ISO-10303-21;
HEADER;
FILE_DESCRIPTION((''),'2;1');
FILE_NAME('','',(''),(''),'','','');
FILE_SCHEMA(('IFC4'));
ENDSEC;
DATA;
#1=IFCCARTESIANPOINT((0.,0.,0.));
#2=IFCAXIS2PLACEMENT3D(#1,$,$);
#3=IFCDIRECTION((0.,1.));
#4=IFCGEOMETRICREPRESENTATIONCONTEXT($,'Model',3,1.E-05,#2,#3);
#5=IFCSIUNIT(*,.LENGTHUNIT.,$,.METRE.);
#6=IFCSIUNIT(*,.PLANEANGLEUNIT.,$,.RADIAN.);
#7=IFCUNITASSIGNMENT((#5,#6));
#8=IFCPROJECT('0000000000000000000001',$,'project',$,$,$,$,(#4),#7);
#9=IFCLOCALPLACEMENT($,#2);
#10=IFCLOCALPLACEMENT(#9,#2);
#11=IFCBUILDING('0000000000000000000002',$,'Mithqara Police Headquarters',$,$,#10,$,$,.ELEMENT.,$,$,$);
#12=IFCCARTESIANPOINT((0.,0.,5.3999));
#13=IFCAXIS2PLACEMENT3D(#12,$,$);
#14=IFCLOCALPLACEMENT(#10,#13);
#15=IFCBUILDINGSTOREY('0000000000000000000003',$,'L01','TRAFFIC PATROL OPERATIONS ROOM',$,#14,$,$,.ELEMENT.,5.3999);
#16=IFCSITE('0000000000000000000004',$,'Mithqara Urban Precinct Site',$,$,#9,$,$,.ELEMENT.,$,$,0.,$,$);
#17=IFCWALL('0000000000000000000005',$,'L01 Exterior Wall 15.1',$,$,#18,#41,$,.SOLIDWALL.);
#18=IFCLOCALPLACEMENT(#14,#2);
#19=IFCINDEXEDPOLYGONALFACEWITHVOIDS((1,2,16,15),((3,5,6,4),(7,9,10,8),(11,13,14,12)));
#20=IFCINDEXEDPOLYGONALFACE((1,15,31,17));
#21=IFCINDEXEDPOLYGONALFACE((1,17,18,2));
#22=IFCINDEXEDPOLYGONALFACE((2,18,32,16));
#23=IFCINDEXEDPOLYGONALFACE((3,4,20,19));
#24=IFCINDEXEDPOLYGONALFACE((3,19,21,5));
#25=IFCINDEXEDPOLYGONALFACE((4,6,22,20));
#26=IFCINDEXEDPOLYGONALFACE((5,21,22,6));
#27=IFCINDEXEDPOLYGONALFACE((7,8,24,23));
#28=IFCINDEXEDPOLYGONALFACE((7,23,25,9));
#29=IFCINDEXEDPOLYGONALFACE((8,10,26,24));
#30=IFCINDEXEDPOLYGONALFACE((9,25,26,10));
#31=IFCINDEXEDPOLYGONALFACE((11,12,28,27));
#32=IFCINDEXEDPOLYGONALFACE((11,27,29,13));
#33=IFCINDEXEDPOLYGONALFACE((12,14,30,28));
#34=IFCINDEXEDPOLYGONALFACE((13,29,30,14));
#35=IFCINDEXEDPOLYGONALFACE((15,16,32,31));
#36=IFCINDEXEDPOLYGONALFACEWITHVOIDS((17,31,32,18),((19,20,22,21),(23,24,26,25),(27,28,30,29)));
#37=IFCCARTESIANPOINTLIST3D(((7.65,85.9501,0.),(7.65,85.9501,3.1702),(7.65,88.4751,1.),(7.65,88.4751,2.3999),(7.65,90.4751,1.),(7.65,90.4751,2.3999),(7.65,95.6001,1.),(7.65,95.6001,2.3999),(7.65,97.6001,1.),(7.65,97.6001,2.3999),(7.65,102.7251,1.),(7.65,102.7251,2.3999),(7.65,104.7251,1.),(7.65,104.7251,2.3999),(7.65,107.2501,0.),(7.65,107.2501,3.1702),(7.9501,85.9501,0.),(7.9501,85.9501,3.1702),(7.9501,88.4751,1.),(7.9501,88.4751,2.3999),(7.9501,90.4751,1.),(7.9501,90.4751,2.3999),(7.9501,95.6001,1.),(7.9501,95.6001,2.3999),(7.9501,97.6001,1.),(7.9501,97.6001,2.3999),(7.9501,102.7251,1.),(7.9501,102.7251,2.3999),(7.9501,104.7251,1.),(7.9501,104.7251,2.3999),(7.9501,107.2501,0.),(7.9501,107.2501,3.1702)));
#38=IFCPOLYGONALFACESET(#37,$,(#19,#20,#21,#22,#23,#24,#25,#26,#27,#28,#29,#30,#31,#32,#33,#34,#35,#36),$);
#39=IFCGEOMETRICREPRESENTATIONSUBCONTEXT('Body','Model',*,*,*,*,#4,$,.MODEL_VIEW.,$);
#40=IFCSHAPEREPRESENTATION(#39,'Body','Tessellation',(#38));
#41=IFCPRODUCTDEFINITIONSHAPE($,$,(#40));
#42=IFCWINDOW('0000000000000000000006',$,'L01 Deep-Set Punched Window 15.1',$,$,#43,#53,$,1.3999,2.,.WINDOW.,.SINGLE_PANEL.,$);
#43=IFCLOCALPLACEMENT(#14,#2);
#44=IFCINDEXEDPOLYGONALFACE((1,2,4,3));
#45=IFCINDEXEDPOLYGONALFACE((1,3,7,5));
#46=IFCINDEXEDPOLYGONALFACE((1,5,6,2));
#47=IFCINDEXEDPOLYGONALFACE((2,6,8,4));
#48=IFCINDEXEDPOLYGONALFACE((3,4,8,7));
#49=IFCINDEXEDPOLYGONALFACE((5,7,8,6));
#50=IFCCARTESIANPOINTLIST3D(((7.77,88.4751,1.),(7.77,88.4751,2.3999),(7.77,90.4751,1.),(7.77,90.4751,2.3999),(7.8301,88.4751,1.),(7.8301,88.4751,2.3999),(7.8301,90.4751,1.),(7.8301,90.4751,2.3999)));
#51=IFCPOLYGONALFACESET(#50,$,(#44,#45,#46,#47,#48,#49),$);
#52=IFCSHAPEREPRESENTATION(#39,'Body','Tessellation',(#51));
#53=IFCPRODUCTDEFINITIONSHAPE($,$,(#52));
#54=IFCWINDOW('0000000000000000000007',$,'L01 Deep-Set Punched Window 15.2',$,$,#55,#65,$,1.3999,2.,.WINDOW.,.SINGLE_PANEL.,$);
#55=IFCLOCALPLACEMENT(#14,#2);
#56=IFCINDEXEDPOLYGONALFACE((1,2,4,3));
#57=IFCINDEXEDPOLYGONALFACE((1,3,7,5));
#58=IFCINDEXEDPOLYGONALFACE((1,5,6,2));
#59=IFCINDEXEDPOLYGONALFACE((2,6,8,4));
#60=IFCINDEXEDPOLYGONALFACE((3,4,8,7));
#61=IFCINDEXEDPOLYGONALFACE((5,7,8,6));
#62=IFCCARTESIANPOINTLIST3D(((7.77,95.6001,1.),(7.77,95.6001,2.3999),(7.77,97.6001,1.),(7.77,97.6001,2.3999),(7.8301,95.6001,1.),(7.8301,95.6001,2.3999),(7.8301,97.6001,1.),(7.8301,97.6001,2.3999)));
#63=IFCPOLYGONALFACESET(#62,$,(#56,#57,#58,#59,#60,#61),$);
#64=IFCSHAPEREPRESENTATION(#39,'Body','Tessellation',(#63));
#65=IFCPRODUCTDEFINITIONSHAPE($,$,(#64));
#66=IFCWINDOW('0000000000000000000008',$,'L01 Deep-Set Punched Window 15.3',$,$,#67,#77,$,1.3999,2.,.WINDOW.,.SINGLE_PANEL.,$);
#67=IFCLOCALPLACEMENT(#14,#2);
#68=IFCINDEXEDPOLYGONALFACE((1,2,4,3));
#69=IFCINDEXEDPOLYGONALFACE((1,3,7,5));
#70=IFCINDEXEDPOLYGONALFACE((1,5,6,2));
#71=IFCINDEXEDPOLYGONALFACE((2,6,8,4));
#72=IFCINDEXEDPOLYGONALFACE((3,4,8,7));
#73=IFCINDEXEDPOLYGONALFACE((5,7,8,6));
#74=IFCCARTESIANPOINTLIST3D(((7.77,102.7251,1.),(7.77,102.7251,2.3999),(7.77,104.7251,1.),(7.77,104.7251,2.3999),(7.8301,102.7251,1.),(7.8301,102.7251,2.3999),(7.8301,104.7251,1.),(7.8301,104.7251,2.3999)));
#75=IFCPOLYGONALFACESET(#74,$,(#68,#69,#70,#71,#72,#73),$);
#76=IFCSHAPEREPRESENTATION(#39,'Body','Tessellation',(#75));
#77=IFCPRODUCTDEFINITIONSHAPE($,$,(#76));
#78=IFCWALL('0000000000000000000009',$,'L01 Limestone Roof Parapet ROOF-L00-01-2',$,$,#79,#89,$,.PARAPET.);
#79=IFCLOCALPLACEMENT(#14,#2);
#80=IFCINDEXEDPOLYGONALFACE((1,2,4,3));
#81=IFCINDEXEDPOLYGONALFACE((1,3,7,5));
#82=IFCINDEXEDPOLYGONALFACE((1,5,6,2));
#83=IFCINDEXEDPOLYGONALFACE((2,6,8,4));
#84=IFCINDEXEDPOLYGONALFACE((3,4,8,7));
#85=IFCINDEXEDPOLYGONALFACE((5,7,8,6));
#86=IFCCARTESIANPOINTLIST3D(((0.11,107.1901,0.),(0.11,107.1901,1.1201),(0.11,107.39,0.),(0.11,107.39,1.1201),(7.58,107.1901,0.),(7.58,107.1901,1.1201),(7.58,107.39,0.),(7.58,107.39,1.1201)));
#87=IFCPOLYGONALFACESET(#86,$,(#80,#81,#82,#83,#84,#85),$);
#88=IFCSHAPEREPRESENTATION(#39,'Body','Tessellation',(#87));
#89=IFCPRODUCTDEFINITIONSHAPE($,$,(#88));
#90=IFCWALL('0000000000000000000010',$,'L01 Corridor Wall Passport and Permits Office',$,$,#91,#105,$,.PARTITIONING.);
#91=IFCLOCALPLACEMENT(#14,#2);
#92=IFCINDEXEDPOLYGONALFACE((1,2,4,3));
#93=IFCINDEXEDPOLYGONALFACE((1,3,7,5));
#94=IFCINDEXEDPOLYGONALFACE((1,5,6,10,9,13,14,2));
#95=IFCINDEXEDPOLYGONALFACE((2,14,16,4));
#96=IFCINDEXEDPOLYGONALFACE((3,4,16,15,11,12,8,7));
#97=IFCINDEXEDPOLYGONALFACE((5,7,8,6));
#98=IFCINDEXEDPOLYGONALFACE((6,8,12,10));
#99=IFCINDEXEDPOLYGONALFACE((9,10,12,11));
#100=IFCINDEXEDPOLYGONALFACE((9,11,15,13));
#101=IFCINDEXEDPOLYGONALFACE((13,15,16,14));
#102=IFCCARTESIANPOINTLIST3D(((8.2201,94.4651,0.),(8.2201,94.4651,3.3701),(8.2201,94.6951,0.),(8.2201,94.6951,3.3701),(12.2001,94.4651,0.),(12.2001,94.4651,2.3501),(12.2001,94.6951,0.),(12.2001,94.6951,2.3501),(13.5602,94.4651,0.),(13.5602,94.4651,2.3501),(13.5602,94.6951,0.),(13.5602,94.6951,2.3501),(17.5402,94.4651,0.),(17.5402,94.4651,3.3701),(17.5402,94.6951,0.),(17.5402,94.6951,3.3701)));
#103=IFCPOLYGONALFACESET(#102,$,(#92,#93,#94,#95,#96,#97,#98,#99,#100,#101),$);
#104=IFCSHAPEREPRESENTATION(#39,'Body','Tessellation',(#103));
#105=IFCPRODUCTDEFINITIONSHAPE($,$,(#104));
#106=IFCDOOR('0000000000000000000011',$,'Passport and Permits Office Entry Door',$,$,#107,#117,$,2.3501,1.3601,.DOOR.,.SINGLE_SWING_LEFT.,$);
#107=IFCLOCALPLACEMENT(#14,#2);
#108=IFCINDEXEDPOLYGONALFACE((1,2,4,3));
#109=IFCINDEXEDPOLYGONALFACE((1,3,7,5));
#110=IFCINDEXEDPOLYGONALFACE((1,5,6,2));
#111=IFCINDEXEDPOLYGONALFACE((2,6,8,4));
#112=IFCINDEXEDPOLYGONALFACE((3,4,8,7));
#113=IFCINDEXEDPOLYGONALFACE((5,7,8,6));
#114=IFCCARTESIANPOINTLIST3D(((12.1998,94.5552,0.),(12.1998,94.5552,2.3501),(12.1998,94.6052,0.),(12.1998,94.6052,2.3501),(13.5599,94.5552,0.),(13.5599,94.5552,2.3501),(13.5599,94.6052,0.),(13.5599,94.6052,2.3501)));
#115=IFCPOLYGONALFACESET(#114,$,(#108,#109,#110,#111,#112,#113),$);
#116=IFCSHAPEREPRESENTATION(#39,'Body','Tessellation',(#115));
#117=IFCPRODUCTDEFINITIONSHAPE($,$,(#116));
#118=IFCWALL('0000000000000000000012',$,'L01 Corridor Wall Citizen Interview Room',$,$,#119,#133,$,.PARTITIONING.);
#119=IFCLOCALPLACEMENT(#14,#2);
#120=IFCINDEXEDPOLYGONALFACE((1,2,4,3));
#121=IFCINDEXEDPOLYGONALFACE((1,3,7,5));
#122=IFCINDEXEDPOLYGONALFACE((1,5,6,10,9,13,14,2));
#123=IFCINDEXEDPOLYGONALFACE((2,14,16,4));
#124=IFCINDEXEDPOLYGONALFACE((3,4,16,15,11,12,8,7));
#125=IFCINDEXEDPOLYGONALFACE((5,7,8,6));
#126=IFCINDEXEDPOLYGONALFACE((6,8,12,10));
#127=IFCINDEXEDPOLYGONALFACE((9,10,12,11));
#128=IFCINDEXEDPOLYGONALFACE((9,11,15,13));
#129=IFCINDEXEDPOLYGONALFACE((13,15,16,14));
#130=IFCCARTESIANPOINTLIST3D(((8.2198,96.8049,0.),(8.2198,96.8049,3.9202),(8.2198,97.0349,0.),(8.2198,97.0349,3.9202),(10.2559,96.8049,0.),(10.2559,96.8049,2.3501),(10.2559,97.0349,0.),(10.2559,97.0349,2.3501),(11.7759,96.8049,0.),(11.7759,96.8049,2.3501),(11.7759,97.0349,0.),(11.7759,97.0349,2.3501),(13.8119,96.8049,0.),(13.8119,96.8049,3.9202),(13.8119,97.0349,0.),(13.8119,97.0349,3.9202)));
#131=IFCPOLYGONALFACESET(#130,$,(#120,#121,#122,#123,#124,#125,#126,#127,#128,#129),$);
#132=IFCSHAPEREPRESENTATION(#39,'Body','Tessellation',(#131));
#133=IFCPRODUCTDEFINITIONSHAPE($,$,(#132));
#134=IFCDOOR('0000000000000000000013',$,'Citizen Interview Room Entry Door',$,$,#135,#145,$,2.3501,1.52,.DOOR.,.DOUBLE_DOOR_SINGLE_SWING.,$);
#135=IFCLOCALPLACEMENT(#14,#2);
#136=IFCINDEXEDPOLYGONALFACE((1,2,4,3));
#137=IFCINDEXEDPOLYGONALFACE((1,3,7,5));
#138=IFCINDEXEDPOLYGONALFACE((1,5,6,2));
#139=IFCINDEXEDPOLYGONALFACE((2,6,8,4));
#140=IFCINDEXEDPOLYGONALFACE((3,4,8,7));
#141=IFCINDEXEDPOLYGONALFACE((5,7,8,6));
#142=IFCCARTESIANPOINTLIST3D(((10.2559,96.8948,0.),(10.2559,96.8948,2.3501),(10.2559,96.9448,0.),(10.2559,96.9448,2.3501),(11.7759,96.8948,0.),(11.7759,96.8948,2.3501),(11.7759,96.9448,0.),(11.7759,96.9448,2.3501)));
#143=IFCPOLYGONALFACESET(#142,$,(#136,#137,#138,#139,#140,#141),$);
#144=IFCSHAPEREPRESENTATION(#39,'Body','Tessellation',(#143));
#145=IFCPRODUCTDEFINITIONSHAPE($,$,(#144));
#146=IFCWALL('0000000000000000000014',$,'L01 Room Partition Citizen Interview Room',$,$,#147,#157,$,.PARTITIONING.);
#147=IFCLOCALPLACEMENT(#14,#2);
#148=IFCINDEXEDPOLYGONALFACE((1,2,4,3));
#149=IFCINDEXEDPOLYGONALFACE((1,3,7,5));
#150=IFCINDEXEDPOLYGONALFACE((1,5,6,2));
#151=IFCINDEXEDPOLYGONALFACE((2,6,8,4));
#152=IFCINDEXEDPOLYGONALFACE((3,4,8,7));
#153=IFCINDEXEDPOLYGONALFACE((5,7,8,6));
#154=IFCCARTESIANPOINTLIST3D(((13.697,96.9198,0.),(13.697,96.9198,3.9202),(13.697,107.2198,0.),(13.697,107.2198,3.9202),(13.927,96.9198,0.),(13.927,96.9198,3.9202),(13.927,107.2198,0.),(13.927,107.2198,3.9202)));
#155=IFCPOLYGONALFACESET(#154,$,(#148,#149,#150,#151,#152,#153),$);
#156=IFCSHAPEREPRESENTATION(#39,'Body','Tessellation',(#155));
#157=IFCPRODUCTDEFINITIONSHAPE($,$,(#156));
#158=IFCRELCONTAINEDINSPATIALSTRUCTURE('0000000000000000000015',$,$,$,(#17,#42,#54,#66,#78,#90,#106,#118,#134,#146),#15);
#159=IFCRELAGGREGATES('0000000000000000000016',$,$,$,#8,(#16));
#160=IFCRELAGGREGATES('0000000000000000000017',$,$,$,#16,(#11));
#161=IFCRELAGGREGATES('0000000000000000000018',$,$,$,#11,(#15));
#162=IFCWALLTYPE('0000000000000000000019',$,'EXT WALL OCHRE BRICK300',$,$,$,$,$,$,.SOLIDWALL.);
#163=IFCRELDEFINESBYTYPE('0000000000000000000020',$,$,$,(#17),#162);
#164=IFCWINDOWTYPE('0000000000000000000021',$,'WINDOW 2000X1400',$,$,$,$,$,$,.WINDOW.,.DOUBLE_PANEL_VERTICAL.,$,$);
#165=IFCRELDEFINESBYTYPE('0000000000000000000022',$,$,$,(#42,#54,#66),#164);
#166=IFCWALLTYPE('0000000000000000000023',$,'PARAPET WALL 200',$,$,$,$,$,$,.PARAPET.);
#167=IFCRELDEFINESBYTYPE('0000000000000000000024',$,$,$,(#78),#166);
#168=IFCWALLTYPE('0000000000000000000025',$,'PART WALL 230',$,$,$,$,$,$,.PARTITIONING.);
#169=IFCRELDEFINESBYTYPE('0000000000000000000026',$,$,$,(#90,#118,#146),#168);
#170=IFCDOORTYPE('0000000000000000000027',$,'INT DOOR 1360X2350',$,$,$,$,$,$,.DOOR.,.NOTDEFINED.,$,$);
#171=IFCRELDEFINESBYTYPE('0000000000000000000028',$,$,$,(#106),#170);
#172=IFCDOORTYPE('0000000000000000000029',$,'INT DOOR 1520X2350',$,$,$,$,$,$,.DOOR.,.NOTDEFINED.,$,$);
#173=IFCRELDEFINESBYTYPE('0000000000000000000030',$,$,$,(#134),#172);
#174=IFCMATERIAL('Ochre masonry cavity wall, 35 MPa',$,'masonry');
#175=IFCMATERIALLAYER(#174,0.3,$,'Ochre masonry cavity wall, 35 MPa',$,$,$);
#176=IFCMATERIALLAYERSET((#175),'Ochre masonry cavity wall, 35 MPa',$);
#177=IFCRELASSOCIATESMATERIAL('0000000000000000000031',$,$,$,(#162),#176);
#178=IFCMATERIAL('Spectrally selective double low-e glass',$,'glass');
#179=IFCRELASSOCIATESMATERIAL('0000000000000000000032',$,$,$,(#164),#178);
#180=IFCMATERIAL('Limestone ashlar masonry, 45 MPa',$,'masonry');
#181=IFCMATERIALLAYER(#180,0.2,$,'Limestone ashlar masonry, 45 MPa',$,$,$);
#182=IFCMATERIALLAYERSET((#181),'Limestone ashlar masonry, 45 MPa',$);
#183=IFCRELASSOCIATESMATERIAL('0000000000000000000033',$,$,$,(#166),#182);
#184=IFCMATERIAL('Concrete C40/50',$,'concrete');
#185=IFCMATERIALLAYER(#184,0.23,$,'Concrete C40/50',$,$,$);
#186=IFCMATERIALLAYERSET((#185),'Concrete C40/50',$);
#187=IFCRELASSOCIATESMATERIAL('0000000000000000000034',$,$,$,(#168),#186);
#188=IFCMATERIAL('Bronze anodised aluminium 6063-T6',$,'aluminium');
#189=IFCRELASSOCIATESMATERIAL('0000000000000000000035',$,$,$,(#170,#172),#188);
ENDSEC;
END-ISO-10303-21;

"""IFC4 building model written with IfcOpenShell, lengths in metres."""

from ifc_helpers import new_model, si_unit, direction, frame, frame_2d, origin, place, context, subcontext, project, spatial, rectangle, extrude, material, layer, layer_set, type_object, element, fill, save


model = new_model("IFC4")

# Units and contexts
model_context = context("Model", 3, precision=1e-05, world=origin(), true_north=direction((0.0, 1.0)))
body_context = subcontext(model_context, "Body", "Model", "MODEL_VIEW")
ifc_project = project(units=[si_unit("LENGTHUNIT", "METRE"), si_unit("PLANEANGLEUNIT", "RADIAN")], contexts=[model_context])

# Site, building, storey
site_placement = place(None, origin())
site = spatial("IfcSite", under=ifc_project, at=site_placement, Name="Mithqara Urban Precinct Site", CompositionType="ELEMENT", RefElevation=0.0)
building_placement = place(site_placement, origin())
building = spatial("IfcBuilding", under=site, at=building_placement, Name="Mithqara Police Headquarters", CompositionType="ELEMENT")
storey_placement = place(building_placement, frame((0.0, 0.0, 5.3999)))
storey = spatial("IfcBuildingStorey", under=building, at=storey_placement, Name="L01", Description="TRAFFIC PATROL OPERATIONS ROOM", CompositionType="ELEMENT", Elevation=5.3999)

# Shared definitions
ifc_material_1 = material(Name="Concrete C40/50", Category="concrete")

# Wall, openings, windows
ifc_material_2 = material(Name="Ochre masonry cavity wall, 35 MPa", Category="masonry")
ifc_layer_1 = layer(ifc_material_2, 0.3, Name="Ochre masonry cavity wall, 35 MPa")
ifc_layer_set_1 = layer_set([ifc_layer_1], Name="Ochre masonry cavity wall, 35 MPa")
wall_type_1 = type_object("IfcWallType", Name="EXT WALL OCHRE BRICK300", PredefinedType="SOLIDWALL", material=ifc_layer_set_1)
wall_1_placement = place(storey_placement, frame((7.8, 107.25, 0.0), z_axis=(0.0, 0.0, 1.0), x_axis=(0.0, -1.0, 0.0)))
wall_1 = element("IfcWall", 1, at=wall_1_placement, inside=storey, type_object=wall_type_1, Name="L01 Exterior Wall 15.1", PredefinedType="SOLIDWALL", context=body_context, shape_type="SweptSolid", body=[
    extrude(rectangle(XDim=21.3, YDim=0.3, at=frame_2d((10.6499, 0.0))), origin(), (0.0, 0.0, 1.0), 3.1702),
])
opening_1_placement = place(wall_1_placement, frame((16.7749, 0.0, 1.0)))
opening_1 = element("IfcOpeningElement", 2, at=opening_1_placement, cuts=wall_1, PredefinedType="OPENING", context=body_context, shape_type="SweptSolid", body=[
    extrude(rectangle(XDim=2.0, YDim=1.3999, at=frame_2d((1.0, 0.7))), frame((0.0, 0.1602, 0.0), z_axis=(0.0, -1.0, 0.0), x_axis=(1.0, 0.0, 0.0)), (0.0, 0.0, 1.0), 0.3201),
])
opening_2_placement = place(wall_1_placement, frame((9.6499, 0.0, 1.0)))
opening_2 = element("IfcOpeningElement", 3, at=opening_2_placement, cuts=wall_1, PredefinedType="OPENING", context=body_context, shape_type="SweptSolid", body=[
    extrude(rectangle(XDim=2.0, YDim=1.3999, at=frame_2d((1.0, 0.7))), frame((0.0, 0.1602, 0.0), z_axis=(0.0, -1.0, 0.0), x_axis=(1.0, 0.0, 0.0)), (0.0, 0.0, 1.0), 0.3201),
])
opening_3_placement = place(wall_1_placement, frame((2.5249, 0.0, 1.0)))
opening_3 = element("IfcOpeningElement", 4, at=opening_3_placement, cuts=wall_1, PredefinedType="OPENING", context=body_context, shape_type="SweptSolid", body=[
    extrude(rectangle(XDim=2.0, YDim=1.3999, at=frame_2d((1.0, 0.7))), frame((0.0, 0.1602, 0.0), z_axis=(0.0, -1.0, 0.0), x_axis=(1.0, 0.0, 0.0)), (0.0, 0.0, 1.0), 0.3201),
])
ifc_material_3 = material(Name="Spectrally selective double low-e glass", Category="glass")
window_type = type_object("IfcWindowType", Name="WINDOW 2000X1400", PartitioningType="DOUBLE_PANEL_VERTICAL", PredefinedType="WINDOW", material=ifc_material_3)
window_1_placement = place(opening_1_placement, origin())
window_1 = element("IfcWindow", 5, at=window_1_placement, inside=storey, type_object=window_type, Name="L01 Deep-Set Punched Window 15.1", OverallHeight=1.3999, OverallWidth=2.0, PartitioningType="SINGLE_PANEL", PredefinedType="WINDOW", context=body_context, shape_type="SweptSolid", body=[
    extrude(rectangle(XDim=2.0, YDim=1.3999, at=frame_2d((1.0, 0.7))), frame((0.0, 0.03, 0.0), z_axis=(0.0, -1.0, 0.0), x_axis=(1.0, 0.0, 0.0)), (0.0, 0.0, 1.0), 0.0601),
])
fill(opening_1, window_1)
window_2_placement = place(opening_2_placement, origin())
window_2 = element("IfcWindow", 6, at=window_2_placement, inside=storey, type_object=window_type, Name="L01 Deep-Set Punched Window 15.2", OverallHeight=1.3999, OverallWidth=2.0, PartitioningType="SINGLE_PANEL", PredefinedType="WINDOW", context=body_context, shape_type="SweptSolid", body=[
    extrude(rectangle(XDim=2.0, YDim=1.3999, at=frame_2d((1.0, 0.7))), frame((0.0, 0.03, 0.0), z_axis=(0.0, -1.0, 0.0), x_axis=(1.0, 0.0, 0.0)), (0.0, 0.0, 1.0), 0.0601),
])
fill(opening_2, window_2)
window_3_placement = place(opening_3_placement, origin())
window_3 = element("IfcWindow", 7, at=window_3_placement, inside=storey, type_object=window_type, Name="L01 Deep-Set Punched Window 15.3", OverallHeight=1.3999, OverallWidth=2.0, PartitioningType="SINGLE_PANEL", PredefinedType="WINDOW", context=body_context, shape_type="SweptSolid", body=[
    extrude(rectangle(XDim=2.0, YDim=1.3999, at=frame_2d((1.0, 0.7))), frame((0.0, 0.03, 0.0), z_axis=(0.0, -1.0, 0.0), x_axis=(1.0, 0.0, 0.0)), (0.0, 0.0, 1.0), 0.0601),
])
fill(opening_3, window_3)

# Wall
ifc_material_4 = material(Name="Limestone ashlar masonry, 45 MPa", Category="masonry")
ifc_layer_2 = layer(ifc_material_4, 0.2, Name="Limestone ashlar masonry, 45 MPa")
ifc_layer_set_2 = layer_set([ifc_layer_2], Name="Limestone ashlar masonry, 45 MPa")
wall_type_2 = type_object("IfcWallType", Name="PARAPET WALL 200", PredefinedType="PARAPET", material=ifc_layer_set_2)
wall_2_placement = place(storey_placement, frame((0.1101, 107.29, 0.0), z_axis=(0.0, 0.0, 1.0), x_axis=(1.0, 0.0, 0.0)))
element("IfcWall", 8, at=wall_2_placement, inside=storey, type_object=wall_type_2, Name="L01 Limestone Roof Parapet ROOF-L00-01-2", PredefinedType="PARAPET", context=body_context, shape_type="SweptSolid", body=[
    extrude(rectangle(XDim=7.47, YDim=0.2, at=frame_2d((3.7349, 0.0))), origin(), (0.0, 0.0, 1.0), 1.1201),
])

# Walls, openings, doors
ifc_layer_3 = layer(ifc_material_1, 0.23, Name="Concrete C40/50")
ifc_layer_set_3 = layer_set([ifc_layer_3], Name="Concrete C40/50")
wall_type_3 = type_object("IfcWallType", Name="PART WALL 230", PredefinedType="PARTITIONING", material=ifc_layer_set_3)
wall_3_placement = place(storey_placement, frame((8.22, 94.5801, 0.0), z_axis=(0.0, 0.0, 1.0), x_axis=(1.0, 0.0, 0.0)))
wall_3 = element("IfcWall", 9, at=wall_3_placement, inside=storey, type_object=wall_type_3, Name="L01 Corridor Wall Passport and Permits Office", PredefinedType="PARTITIONING", context=body_context, shape_type="SweptSolid", body=[
    extrude(rectangle(XDim=9.3201, YDim=0.23, at=frame_2d((4.6602, 0.0))), origin(), (0.0, 0.0, 1.0), 3.3701),
])
opening_4_placement = place(wall_3_placement, frame((3.98, 0.0, 0.0)))
opening_4 = element("IfcOpeningElement", 10, at=opening_4_placement, cuts=wall_3, PredefinedType="OPENING", context=body_context, shape_type="SweptSolid", body=[
    extrude(rectangle(XDim=1.3601, YDim=2.3501, at=frame_2d((0.6802, 1.175))), frame((0.0, 0.125, 0.0), z_axis=(0.0, -1.0, 0.0), x_axis=(1.0, 0.0, 0.0)), (0.0, 0.0, 1.0), 0.25),
])
ifc_material_5 = material(Name="Bronze anodised aluminium 6063-T6", Category="aluminium")
door_type_1 = type_object("IfcDoorType", Name="INT DOOR 1360X2350", OperationType="NOTDEFINED", PredefinedType="DOOR", material=ifc_material_5)
door_1_placement = place(opening_4_placement, frame((1.3601, 0.0, 0.0), z_axis=(0.0, 0.0, 1.0), x_axis=(-1.0, 0.0, 0.0)))
door_1 = element("IfcDoor", 11, at=door_1_placement, inside=storey, type_object=door_type_1, Name="Passport and Permits Office Entry Door", OperationType="SINGLE_SWING_LEFT", OverallHeight=2.3501, OverallWidth=1.3601, PredefinedType="DOOR", context=body_context, shape_type="SweptSolid", body=[
    extrude(rectangle(XDim=1.3601, YDim=2.3501, at=frame_2d((0.6802, 1.175))), frame((0.0, 0.0249, 0.0), z_axis=(0.0, -1.0, 0.0), x_axis=(1.0, 0.0, 0.0)), (0.0, 0.0, 1.0), 0.05),
])
fill(opening_4, door_1)
wall_4_placement = place(storey_placement, frame((8.22, 96.9199, 0.0), z_axis=(0.0, 0.0, 1.0), x_axis=(1.0, 0.0, 0.0)))
wall_4 = element("IfcWall", 12, at=wall_4_placement, inside=storey, type_object=wall_type_3, Name="L01 Corridor Wall Citizen Interview Room", PredefinedType="PARTITIONING", context=body_context, shape_type="SweptSolid", body=[
    extrude(rectangle(XDim=5.592, YDim=0.23, at=frame_2d((2.7959, 0.0))), origin(), (0.0, 0.0, 1.0), 3.9202),
])
opening_5_placement = place(wall_4_placement, frame((2.0359, 0.0, 0.0)))
opening_5 = element("IfcOpeningElement", 13, at=opening_5_placement, cuts=wall_4, PredefinedType="OPENING", context=body_context, shape_type="SweptSolid", body=[
    extrude(rectangle(XDim=1.52, YDim=2.3501, at=frame_2d((0.76, 1.175))), frame((0.0, 0.125, 0.0), z_axis=(0.0, -1.0, 0.0), x_axis=(1.0, 0.0, 0.0)), (0.0, 0.0, 1.0), 0.25),
])
door_type_2 = type_object("IfcDoorType", Name="INT DOOR 1520X2350", OperationType="NOTDEFINED", PredefinedType="DOOR", material=ifc_material_5)
door_2_placement = place(opening_5_placement, origin())
door_2 = element("IfcDoor", 14, at=door_2_placement, inside=storey, type_object=door_type_2, Name="Citizen Interview Room Entry Door", OperationType="DOUBLE_DOOR_SINGLE_SWING", OverallHeight=2.3501, OverallWidth=1.52, PredefinedType="DOOR", context=body_context, shape_type="SweptSolid", body=[
    extrude(rectangle(XDim=1.52, YDim=2.3501, at=frame_2d((0.76, 1.175))), frame((0.0, 0.0249, 0.0), z_axis=(0.0, -1.0, 0.0), x_axis=(1.0, 0.0, 0.0)), (0.0, 0.0, 1.0), 0.05),
])
fill(opening_5, door_2)

# Wall
wall_5_placement = place(storey_placement, frame((13.812, 96.9199, 0.0), z_axis=(0.0, 0.0, 1.0), x_axis=(0.0, 1.0, 0.0)))
element("IfcWall", 15, at=wall_5_placement, inside=storey, type_object=wall_type_3, Name="L01 Room Partition Citizen Interview Room", PredefinedType="PARTITIONING", context=body_context, shape_type="SweptSolid", body=[
    extrude(rectangle(XDim=10.3, YDim=0.23, at=frame_2d((5.1499, 0.0))), origin(), (0.0, 0.0, 1.0), 3.9202),
])

save(model, "model.ifc")
